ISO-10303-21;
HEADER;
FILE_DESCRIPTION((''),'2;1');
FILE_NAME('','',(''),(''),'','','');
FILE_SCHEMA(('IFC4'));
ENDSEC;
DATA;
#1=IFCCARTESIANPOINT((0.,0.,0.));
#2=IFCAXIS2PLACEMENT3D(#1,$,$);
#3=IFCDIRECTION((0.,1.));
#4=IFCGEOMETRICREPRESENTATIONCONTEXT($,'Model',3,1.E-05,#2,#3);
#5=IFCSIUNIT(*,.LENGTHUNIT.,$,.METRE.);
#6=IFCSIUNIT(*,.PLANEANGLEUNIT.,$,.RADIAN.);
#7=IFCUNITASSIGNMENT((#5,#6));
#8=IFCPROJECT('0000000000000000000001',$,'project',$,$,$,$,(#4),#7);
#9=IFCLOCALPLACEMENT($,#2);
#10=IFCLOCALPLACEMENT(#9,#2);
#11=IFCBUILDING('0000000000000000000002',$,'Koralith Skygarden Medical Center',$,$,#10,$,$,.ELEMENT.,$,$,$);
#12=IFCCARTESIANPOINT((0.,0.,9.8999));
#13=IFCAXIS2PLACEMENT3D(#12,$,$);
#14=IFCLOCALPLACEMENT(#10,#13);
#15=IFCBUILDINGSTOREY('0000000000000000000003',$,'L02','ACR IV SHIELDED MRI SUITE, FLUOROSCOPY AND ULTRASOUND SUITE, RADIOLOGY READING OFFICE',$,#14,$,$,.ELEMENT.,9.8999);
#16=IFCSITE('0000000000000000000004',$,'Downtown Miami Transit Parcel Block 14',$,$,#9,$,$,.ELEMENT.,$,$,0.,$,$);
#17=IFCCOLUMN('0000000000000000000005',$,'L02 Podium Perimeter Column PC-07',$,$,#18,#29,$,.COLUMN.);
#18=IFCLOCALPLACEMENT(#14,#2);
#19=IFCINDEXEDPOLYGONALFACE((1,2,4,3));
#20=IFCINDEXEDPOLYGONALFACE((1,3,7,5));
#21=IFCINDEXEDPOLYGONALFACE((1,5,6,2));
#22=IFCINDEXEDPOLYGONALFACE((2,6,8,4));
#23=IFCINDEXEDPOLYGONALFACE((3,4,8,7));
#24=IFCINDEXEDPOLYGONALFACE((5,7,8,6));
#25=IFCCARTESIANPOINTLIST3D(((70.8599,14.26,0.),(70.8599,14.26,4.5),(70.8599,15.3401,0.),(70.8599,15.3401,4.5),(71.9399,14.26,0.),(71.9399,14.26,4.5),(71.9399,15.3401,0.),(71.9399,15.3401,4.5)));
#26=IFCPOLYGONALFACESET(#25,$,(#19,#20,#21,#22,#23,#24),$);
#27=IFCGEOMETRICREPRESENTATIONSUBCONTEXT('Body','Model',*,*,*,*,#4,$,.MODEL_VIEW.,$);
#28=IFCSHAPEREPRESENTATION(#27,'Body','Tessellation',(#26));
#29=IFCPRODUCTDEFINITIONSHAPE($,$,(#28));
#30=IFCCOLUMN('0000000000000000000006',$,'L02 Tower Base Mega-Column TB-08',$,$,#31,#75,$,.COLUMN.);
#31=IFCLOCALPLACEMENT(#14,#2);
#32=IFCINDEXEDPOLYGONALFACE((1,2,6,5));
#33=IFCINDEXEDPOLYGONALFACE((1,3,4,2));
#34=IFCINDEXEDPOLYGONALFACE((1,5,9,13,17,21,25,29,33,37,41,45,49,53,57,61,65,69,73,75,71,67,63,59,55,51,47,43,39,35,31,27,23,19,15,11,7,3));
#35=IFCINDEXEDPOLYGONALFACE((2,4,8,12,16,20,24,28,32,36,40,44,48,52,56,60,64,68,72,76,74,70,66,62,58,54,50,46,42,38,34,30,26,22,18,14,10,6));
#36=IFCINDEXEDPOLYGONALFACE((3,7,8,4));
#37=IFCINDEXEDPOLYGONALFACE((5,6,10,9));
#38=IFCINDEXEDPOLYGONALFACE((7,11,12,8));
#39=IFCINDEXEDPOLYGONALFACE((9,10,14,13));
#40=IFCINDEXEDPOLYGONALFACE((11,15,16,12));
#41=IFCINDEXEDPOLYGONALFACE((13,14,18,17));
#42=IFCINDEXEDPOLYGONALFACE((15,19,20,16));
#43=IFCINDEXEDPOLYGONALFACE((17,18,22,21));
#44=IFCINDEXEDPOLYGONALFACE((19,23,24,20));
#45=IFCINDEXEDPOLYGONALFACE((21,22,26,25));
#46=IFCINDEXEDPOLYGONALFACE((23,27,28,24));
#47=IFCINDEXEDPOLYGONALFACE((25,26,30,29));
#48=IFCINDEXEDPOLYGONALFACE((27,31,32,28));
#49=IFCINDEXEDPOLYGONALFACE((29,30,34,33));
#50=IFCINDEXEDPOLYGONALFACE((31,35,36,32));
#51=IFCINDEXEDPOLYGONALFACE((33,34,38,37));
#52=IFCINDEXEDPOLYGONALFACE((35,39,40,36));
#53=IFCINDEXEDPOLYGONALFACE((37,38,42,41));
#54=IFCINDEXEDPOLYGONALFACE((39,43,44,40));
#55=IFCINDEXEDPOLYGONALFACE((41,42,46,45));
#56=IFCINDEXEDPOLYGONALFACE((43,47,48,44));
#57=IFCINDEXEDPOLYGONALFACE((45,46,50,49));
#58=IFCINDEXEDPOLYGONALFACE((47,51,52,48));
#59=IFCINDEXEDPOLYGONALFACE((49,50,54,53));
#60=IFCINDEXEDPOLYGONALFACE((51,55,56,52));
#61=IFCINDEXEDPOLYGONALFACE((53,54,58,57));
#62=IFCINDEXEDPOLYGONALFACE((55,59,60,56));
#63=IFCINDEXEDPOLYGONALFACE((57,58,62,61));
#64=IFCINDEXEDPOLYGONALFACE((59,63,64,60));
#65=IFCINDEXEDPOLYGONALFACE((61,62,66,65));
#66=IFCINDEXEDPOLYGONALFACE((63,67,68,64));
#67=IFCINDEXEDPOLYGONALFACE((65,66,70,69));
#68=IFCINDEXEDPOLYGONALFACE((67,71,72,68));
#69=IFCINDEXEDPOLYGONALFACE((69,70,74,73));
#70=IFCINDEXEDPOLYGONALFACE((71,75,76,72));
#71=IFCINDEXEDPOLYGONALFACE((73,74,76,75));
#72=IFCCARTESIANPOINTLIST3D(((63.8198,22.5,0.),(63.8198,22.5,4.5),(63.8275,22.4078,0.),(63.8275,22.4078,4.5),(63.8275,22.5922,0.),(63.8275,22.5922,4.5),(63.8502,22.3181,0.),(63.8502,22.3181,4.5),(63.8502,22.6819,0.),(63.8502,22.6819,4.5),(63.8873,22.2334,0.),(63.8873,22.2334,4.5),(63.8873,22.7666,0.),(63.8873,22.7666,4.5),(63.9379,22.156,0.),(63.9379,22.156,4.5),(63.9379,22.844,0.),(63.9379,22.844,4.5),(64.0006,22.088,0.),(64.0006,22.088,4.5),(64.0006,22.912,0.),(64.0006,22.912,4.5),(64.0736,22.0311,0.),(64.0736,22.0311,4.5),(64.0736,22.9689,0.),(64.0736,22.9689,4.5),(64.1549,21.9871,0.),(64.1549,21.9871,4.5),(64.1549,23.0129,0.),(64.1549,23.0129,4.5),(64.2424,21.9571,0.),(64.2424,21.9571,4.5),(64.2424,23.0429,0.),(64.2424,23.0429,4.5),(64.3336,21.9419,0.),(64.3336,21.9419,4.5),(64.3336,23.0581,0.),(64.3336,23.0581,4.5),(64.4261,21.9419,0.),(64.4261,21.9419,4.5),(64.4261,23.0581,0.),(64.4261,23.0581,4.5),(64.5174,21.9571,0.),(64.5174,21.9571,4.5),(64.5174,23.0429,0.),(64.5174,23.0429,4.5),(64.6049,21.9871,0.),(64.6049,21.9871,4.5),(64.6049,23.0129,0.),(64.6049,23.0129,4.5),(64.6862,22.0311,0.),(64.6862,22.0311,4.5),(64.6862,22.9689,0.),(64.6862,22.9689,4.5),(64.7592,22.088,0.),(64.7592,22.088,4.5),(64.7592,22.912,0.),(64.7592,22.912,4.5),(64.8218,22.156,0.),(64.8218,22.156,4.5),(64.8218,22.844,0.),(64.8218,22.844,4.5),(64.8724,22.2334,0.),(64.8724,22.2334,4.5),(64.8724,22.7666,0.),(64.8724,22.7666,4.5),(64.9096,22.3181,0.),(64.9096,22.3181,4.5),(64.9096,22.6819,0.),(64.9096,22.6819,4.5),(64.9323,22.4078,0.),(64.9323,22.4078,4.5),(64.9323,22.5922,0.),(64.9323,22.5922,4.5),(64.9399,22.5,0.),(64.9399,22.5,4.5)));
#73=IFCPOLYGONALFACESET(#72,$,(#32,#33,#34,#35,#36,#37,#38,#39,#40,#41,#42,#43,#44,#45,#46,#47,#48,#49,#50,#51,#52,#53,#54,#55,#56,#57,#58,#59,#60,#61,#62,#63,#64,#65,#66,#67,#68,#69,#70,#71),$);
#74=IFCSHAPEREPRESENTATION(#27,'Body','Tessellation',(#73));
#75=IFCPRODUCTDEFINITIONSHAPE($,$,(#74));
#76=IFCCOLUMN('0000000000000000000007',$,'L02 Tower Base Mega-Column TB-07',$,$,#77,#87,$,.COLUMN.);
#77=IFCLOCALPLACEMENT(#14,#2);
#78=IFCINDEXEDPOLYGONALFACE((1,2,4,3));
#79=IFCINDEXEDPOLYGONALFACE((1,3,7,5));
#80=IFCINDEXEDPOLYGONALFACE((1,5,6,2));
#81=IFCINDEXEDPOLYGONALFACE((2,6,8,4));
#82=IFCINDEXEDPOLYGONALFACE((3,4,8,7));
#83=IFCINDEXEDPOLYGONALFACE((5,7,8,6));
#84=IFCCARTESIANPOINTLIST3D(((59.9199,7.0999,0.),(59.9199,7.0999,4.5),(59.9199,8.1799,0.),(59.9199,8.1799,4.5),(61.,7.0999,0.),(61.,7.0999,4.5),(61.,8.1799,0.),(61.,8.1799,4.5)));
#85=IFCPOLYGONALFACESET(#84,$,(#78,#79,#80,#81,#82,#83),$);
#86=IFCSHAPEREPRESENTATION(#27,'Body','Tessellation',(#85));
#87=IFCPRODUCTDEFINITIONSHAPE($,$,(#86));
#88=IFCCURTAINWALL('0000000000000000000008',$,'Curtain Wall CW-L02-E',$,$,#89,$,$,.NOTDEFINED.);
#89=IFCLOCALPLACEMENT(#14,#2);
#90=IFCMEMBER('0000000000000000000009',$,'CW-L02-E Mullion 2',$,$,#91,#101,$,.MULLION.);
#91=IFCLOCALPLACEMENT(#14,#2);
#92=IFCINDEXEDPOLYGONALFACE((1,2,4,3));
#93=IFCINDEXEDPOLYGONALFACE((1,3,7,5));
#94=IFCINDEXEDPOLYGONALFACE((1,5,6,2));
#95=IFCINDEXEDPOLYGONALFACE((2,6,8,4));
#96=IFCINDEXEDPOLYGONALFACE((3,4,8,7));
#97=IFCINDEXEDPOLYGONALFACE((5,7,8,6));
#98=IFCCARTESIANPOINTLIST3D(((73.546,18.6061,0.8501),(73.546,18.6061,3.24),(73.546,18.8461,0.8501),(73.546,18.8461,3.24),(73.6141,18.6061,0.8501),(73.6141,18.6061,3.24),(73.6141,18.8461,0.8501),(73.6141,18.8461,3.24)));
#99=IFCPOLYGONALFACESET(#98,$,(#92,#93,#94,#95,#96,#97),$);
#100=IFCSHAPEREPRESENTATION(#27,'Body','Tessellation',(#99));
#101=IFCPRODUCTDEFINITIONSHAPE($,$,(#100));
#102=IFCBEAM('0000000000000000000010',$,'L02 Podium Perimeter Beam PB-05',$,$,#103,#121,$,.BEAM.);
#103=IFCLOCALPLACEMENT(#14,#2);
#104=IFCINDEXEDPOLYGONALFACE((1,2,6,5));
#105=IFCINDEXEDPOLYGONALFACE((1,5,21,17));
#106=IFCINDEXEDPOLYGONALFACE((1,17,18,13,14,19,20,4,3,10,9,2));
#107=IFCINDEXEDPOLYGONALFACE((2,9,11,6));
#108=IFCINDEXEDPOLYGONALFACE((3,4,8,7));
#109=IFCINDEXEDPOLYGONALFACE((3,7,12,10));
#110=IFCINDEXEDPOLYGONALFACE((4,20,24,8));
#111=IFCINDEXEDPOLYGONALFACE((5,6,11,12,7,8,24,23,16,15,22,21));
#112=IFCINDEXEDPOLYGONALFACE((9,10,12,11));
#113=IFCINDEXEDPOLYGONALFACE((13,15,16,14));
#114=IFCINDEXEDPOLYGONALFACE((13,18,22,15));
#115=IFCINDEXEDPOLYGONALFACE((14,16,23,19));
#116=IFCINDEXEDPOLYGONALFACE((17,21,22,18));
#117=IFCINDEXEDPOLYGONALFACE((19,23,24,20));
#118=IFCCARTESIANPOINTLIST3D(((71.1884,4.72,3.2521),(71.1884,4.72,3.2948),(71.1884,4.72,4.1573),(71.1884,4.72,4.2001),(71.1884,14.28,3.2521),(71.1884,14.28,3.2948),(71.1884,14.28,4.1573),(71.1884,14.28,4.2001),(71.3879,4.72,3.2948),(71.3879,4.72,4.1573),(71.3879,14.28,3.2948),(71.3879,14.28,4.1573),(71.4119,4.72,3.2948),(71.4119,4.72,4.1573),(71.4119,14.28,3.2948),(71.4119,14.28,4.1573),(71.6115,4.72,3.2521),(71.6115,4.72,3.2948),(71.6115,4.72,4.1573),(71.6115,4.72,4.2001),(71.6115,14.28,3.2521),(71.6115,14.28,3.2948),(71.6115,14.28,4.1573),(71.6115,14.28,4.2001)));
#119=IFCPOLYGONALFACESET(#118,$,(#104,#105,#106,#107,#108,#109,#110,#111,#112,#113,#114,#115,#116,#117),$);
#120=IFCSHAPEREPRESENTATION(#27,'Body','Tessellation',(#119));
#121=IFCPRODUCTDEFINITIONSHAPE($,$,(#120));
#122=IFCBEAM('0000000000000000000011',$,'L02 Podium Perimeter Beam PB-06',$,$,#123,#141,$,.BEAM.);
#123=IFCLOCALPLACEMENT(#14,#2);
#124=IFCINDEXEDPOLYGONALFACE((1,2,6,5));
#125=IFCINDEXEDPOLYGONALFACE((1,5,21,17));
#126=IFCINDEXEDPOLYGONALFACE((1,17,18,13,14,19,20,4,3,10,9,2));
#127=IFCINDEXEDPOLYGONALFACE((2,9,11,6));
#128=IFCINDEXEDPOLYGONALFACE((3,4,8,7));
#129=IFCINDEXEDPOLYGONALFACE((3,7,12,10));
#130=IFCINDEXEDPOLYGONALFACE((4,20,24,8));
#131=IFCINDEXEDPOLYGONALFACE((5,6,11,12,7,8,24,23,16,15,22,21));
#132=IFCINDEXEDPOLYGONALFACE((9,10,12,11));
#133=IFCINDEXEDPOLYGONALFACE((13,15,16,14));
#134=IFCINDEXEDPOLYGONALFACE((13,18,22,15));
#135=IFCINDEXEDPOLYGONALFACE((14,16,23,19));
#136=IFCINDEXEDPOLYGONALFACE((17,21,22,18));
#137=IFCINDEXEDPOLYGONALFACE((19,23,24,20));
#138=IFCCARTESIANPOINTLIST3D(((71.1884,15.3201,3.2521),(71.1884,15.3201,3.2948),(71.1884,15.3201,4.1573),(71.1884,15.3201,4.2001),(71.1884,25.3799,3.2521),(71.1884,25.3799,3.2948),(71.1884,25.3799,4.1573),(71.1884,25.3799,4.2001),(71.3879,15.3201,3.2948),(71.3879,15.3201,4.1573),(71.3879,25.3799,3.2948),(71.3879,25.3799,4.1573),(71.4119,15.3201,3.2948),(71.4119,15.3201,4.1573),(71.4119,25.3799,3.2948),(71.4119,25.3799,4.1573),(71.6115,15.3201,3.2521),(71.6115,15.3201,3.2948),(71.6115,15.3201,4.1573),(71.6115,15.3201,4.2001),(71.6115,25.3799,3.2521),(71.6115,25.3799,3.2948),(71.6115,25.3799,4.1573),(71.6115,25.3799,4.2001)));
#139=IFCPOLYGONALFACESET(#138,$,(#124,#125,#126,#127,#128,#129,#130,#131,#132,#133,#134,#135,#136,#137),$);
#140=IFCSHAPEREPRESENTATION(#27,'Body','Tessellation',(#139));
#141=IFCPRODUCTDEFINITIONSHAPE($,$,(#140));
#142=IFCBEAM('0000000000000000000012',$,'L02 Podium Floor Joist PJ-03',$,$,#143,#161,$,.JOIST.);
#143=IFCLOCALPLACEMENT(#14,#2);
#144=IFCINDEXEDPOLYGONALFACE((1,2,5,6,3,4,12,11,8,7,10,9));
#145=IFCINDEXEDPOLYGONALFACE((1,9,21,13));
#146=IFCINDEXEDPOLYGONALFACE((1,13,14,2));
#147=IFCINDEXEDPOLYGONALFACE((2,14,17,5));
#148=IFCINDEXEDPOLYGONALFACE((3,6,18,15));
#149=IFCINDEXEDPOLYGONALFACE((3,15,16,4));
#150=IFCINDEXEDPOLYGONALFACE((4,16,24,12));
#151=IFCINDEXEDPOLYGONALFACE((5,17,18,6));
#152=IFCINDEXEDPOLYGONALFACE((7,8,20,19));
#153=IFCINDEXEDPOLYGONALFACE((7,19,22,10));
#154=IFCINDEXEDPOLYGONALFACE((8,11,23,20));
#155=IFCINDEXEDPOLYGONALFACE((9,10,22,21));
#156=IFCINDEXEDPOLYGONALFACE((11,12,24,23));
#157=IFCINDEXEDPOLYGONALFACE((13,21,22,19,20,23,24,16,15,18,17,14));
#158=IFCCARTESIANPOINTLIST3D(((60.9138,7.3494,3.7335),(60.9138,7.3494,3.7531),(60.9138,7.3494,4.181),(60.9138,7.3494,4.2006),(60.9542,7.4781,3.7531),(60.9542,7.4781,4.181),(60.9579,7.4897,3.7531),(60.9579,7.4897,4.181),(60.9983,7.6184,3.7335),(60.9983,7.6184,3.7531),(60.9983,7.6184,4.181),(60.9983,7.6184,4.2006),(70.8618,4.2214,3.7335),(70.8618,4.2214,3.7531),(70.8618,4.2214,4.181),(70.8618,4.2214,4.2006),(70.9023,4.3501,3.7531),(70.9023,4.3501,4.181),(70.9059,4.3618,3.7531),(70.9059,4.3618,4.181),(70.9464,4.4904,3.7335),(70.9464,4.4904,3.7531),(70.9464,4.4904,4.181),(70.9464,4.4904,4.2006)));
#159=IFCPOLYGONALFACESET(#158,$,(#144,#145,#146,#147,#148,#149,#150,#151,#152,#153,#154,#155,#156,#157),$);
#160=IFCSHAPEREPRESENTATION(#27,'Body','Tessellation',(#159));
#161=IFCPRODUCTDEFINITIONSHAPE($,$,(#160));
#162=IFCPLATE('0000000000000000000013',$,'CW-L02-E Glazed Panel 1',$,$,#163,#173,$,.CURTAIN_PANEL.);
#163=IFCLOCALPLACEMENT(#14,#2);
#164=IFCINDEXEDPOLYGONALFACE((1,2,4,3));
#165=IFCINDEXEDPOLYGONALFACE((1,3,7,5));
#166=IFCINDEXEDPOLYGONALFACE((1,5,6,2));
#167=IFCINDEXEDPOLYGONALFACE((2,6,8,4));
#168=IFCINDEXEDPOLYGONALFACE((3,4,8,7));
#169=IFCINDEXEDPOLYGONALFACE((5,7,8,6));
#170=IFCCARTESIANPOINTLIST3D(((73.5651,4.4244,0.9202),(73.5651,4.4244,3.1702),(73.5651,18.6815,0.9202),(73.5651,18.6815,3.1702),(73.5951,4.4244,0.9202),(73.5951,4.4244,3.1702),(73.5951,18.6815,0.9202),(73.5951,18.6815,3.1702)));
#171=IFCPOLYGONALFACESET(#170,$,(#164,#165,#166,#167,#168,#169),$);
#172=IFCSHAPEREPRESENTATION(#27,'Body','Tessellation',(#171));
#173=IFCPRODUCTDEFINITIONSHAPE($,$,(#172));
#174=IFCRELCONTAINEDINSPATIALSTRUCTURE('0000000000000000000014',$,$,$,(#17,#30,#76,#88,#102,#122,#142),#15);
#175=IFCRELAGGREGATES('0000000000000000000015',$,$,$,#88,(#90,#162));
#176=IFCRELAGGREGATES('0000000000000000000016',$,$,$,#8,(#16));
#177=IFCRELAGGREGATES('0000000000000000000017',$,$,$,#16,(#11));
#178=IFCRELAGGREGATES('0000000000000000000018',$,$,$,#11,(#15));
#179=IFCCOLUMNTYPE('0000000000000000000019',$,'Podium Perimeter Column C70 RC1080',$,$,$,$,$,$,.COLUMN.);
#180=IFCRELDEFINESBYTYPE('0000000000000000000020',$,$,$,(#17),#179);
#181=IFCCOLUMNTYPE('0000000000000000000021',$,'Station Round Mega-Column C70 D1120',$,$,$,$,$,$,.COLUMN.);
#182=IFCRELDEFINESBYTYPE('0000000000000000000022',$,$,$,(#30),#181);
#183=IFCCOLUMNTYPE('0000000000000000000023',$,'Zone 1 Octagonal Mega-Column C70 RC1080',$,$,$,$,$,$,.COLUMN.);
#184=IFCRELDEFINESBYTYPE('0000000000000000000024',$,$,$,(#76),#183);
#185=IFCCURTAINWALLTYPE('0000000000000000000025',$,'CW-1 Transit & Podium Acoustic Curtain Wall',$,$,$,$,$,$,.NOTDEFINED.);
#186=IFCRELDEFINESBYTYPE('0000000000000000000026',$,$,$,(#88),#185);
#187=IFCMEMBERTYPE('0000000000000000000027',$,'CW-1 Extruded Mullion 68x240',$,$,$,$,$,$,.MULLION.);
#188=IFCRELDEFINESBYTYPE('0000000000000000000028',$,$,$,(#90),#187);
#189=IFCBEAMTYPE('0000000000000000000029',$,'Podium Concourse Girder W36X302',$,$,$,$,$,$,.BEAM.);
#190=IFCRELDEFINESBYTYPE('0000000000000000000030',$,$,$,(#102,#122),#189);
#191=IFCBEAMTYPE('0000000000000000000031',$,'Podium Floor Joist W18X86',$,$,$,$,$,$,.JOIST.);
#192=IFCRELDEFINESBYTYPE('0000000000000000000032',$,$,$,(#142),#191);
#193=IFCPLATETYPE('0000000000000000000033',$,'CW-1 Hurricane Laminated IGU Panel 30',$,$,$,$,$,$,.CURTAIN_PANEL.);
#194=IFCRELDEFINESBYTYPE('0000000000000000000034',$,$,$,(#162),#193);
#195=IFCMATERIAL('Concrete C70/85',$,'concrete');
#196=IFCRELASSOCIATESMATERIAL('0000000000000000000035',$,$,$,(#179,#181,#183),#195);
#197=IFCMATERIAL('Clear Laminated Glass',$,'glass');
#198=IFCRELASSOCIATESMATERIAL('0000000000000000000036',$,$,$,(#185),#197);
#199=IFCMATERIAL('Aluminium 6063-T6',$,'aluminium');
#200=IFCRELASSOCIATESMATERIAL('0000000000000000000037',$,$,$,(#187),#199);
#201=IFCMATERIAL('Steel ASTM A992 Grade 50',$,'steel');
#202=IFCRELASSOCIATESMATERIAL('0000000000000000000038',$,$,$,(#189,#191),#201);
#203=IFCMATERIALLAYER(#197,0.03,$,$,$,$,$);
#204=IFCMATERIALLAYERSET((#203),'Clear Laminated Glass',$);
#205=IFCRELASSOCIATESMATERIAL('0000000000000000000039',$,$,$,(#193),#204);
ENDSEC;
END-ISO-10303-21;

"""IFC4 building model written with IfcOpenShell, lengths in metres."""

from ifc_helpers import new_model, si_unit, direction, frame, origin, origin_2d, place, context, subcontext, project, spatial, rectangle, circle, i_section, extrude, material, layer, layer_set, material_profile, profile_set, type_object, element, aggregate, save


model = new_model("IFC4")

# Units and contexts
model_context = context("Model", 3, precision=1e-05, world=origin(), true_north=direction((0.0, 1.0)))
body_context = subcontext(model_context, "Body", "Model", "MODEL_VIEW")
ifc_project = project(units=[si_unit("LENGTHUNIT", "METRE"), si_unit("PLANEANGLEUNIT", "RADIAN")], contexts=[model_context])

# Site, building, storey
site_placement = place(None, origin())
site = spatial("IfcSite", under=ifc_project, at=site_placement, Name="Downtown Miami Transit Parcel Block 14", CompositionType="ELEMENT", RefElevation=0.0)
building_placement = place(site_placement, origin())
building = spatial("IfcBuilding", under=site, at=building_placement, Name="Koralith Skygarden Medical Center", CompositionType="ELEMENT")
storey_placement = place(building_placement, frame((0.0, 0.0, 9.8999)))
storey = spatial("IfcBuildingStorey", under=building, at=storey_placement, Name="L02", Description="ACR IV SHIELDED MRI SUITE, FLUOROSCOPY AND ULTRASOUND SUITE, RADIOLOGY READING OFFICE", CompositionType="ELEMENT", Elevation=9.8999)

# Columns
ifc_material_1 = material(Name="Concrete C70/85", Category="concrete")
ifc_material_profile_1 = material_profile(ifc_material_1, rectangle(XDim=1.0801, YDim=1.0801, at=origin_2d()), Name="RC1080X1080")
ifc_profile_set_1 = profile_set([ifc_material_profile_1], Name="Concrete C70/85")
column_type_1 = type_object("IfcColumnType", Name="Podium Perimeter Column C70 RC1080", PredefinedType="COLUMN", material=ifc_profile_set_1)
column_1_placement = place(storey_placement, frame((71.3999, 14.8, 0.0), z_axis=(0.0, 0.0, 1.0), x_axis=(1.0, 0.0, 0.0)))
element("IfcColumn", 1, at=column_1_placement, inside=storey, type_object=column_type_1, Name="L02 Podium Perimeter Column PC-07", PredefinedType="COLUMN", context=body_context, shape_type="SweptSolid", body=[
    extrude(rectangle(XDim=1.0801, YDim=1.0801, at=origin_2d()), origin(), (0.0, 0.0, 1.0), 4.5),
])
ifc_material_profile_2 = material_profile(ifc_material_1, circle(Radius=0.5601, at=origin_2d()), Name="RCCOL1120")
ifc_profile_set_2 = profile_set([ifc_material_profile_2], Name="Concrete C70/85")
column_type_2 = type_object("IfcColumnType", Name="Station Round Mega-Column C70 D1120", PredefinedType="COLUMN", material=ifc_profile_set_2)
column_2_placement = place(storey_placement, frame((64.3799, 22.5, 0.0), z_axis=(0.0, 0.0, 1.0), x_axis=(1.0, 0.0, 0.0)))
element("IfcColumn", 2, at=column_2_placement, inside=storey, type_object=column_type_2, Name="L02 Tower Base Mega-Column TB-08", PredefinedType="COLUMN", context=body_context, shape_type="SweptSolid", body=[
    extrude(circle(Radius=0.5601, at=origin_2d()), origin(), (0.0, 0.0, 1.0), 4.5),
])
ifc_material_profile_3 = material_profile(ifc_material_1, rectangle(XDim=1.0801, YDim=1.0801, at=origin_2d()), Name="RC1080X1080")
ifc_profile_set_3 = profile_set([ifc_material_profile_3], Name="Concrete C70/85")
column_type_3 = type_object("IfcColumnType", Name="Zone 1 Octagonal Mega-Column C70 RC1080", PredefinedType="COLUMN", material=ifc_profile_set_3)
column_3_placement = place(storey_placement, frame((60.46, 7.6399, 0.0), z_axis=(0.0, 0.0, 1.0), x_axis=(1.0, 0.0, 0.0)))
element("IfcColumn", 3, at=column_3_placement, inside=storey, type_object=column_type_3, Name="L02 Tower Base Mega-Column TB-07", PredefinedType="COLUMN", context=body_context, shape_type="SweptSolid", body=[
    extrude(rectangle(XDim=1.0801, YDim=1.0801, at=origin_2d()), origin(), (0.0, 0.0, 1.0), 4.5),
])

# Curtain wall, member
ifc_material_2 = material(Name="Clear Laminated Glass", Category="glass")
curtain_wall_type = type_object("IfcCurtainWallType", Name="CW-1 Transit & Podium Acoustic Curtain Wall", PredefinedType="NOTDEFINED", material=ifc_material_2)
curtain_wall_placement = place(storey_placement, origin())
curtain_wall = element("IfcCurtainWall", 4, at=curtain_wall_placement, inside=storey, type_object=curtain_wall_type, Name="Curtain Wall CW-L02-E", PredefinedType="NOTDEFINED")
ifc_material_3 = material(Name="Aluminium 6063-T6", Category="aluminium")
ifc_material_profile_4 = material_profile(ifc_material_3, rectangle(XDim=0.0681, YDim=0.24, at=origin_2d()), Name="MUL68X240")
ifc_profile_set_4 = profile_set([ifc_material_profile_4], Name="Aluminium 6063-T6")
member_type = type_object("IfcMemberType", Name="CW-1 Extruded Mullion 68x240", PredefinedType="MULLION", material=ifc_profile_set_4)
member_placement = place(storey_placement, frame((73.5801, 18.7261, 0.8501), z_axis=(0.0, 0.0, 1.0), x_axis=(1.0, 0.0, 0.0)))
member = element("IfcMember", 5, at=member_placement, type_object=member_type, Name="CW-L02-E Mullion 2", PredefinedType="MULLION", context=body_context, shape_type="SweptSolid", body=[
    extrude(rectangle(XDim=0.0681, YDim=0.24, at=origin_2d()), origin(), (0.0, 0.0, 1.0), 2.3899),
])

# Beams
ifc_material_4 = material(Name="Steel ASTM A992 Grade 50", Category="steel")
ifc_material_profile_5 = material_profile(ifc_material_4, i_section(OverallWidth=0.4231, OverallDepth=0.948, WebThickness=0.0239, FlangeThickness=0.0427, at=origin_2d()), Name="W36X302")
ifc_profile_set_5 = profile_set([ifc_material_profile_5], Name="Steel ASTM A992 Grade 50")
beam_type_1 = type_object("IfcBeamType", Name="Podium Concourse Girder W36X302", PredefinedType="BEAM", material=ifc_profile_set_5)
beam_1_placement = place(storey_placement, frame((71.3999, 4.72, 3.7261), z_axis=(0.0, 1.0, 0.0), x_axis=(-1.0, 0.0, 0.0)))
element("IfcBeam", 6, at=beam_1_placement, inside=storey, type_object=beam_type_1, Name="L02 Podium Perimeter Beam PB-05", PredefinedType="BEAM", context=body_context, shape_type="SweptSolid", body=[
    extrude(i_section(OverallWidth=0.4231, OverallDepth=0.948, WebThickness=0.0239, FlangeThickness=0.0427, at=origin_2d()), origin(), (0.0, 0.0, 1.0), 9.5601),
])
beam_2_placement = place(storey_placement, frame((71.3999, 15.3201, 3.7261), z_axis=(0.0, 1.0, 0.0), x_axis=(-1.0, 0.0, 0.0)))
element("IfcBeam", 7, at=beam_2_placement, inside=storey, type_object=beam_type_1, Name="L02 Podium Perimeter Beam PB-06", PredefinedType="BEAM", context=body_context, shape_type="SweptSolid", body=[
    extrude(i_section(OverallWidth=0.4231, OverallDepth=0.948, WebThickness=0.0239, FlangeThickness=0.0427, at=origin_2d()), origin(), (0.0, 0.0, 1.0), 10.0598),
])
ifc_material_profile_6 = material_profile(ifc_material_4, i_section(OverallWidth=0.282, OverallDepth=0.467, WebThickness=0.0122, FlangeThickness=0.0195, at=origin_2d()), Name="W18X86")
ifc_profile_set_6 = profile_set([ifc_material_profile_6], Name="Steel ASTM A992 Grade 50")
beam_type_2 = type_object("IfcBeamType", Name="Podium Floor Joist W18X86", PredefinedType="JOIST", material=ifc_profile_set_6)
beam_3_placement = place(storey_placement, frame((60.9561, 7.4839, 3.967), z_axis=(0.953955, -0.29995, 0.0), x_axis=(0.29995, 0.953955, 0.0)))
element("IfcBeam", 8, at=beam_3_placement, inside=storey, type_object=beam_type_2, Name="L02 Podium Floor Joist PJ-03", PredefinedType="JOIST", context=body_context, shape_type="SweptSolid", body=[
    extrude(i_section(OverallWidth=0.282, OverallDepth=0.467, WebThickness=0.0122, FlangeThickness=0.0195, at=origin_2d()), origin(), (0.0, 0.0, 1.0), 10.4282),
])

# Plate
ifc_layer_1 = layer(ifc_material_2, 0.03)
ifc_layer_set_1 = layer_set([ifc_layer_1], Name="Clear Laminated Glass")
plate_type = type_object("IfcPlateType", Name="CW-1 Hurricane Laminated IGU Panel 30", PredefinedType="CURTAIN_PANEL", material=ifc_layer_set_1)
plate_placement = place(storey_placement, frame((73.5801, 11.553, 0.9202), z_axis=(0.0, 0.0, 1.0), x_axis=(0.0, 1.0, 0.0)))
plate = element("IfcPlate", 9, at=plate_placement, type_object=plate_type, Name="CW-L02-E Glazed Panel 1", PredefinedType="CURTAIN_PANEL", context=body_context, shape_type="SweptSolid", body=[
    extrude(rectangle(XDim=14.2571, YDim=0.03, at=origin_2d()), origin(), (0.0, 0.0, 1.0), 2.25),
])
aggregate(curtain_wall, [member, plate])

save(model, "model.ifc")
